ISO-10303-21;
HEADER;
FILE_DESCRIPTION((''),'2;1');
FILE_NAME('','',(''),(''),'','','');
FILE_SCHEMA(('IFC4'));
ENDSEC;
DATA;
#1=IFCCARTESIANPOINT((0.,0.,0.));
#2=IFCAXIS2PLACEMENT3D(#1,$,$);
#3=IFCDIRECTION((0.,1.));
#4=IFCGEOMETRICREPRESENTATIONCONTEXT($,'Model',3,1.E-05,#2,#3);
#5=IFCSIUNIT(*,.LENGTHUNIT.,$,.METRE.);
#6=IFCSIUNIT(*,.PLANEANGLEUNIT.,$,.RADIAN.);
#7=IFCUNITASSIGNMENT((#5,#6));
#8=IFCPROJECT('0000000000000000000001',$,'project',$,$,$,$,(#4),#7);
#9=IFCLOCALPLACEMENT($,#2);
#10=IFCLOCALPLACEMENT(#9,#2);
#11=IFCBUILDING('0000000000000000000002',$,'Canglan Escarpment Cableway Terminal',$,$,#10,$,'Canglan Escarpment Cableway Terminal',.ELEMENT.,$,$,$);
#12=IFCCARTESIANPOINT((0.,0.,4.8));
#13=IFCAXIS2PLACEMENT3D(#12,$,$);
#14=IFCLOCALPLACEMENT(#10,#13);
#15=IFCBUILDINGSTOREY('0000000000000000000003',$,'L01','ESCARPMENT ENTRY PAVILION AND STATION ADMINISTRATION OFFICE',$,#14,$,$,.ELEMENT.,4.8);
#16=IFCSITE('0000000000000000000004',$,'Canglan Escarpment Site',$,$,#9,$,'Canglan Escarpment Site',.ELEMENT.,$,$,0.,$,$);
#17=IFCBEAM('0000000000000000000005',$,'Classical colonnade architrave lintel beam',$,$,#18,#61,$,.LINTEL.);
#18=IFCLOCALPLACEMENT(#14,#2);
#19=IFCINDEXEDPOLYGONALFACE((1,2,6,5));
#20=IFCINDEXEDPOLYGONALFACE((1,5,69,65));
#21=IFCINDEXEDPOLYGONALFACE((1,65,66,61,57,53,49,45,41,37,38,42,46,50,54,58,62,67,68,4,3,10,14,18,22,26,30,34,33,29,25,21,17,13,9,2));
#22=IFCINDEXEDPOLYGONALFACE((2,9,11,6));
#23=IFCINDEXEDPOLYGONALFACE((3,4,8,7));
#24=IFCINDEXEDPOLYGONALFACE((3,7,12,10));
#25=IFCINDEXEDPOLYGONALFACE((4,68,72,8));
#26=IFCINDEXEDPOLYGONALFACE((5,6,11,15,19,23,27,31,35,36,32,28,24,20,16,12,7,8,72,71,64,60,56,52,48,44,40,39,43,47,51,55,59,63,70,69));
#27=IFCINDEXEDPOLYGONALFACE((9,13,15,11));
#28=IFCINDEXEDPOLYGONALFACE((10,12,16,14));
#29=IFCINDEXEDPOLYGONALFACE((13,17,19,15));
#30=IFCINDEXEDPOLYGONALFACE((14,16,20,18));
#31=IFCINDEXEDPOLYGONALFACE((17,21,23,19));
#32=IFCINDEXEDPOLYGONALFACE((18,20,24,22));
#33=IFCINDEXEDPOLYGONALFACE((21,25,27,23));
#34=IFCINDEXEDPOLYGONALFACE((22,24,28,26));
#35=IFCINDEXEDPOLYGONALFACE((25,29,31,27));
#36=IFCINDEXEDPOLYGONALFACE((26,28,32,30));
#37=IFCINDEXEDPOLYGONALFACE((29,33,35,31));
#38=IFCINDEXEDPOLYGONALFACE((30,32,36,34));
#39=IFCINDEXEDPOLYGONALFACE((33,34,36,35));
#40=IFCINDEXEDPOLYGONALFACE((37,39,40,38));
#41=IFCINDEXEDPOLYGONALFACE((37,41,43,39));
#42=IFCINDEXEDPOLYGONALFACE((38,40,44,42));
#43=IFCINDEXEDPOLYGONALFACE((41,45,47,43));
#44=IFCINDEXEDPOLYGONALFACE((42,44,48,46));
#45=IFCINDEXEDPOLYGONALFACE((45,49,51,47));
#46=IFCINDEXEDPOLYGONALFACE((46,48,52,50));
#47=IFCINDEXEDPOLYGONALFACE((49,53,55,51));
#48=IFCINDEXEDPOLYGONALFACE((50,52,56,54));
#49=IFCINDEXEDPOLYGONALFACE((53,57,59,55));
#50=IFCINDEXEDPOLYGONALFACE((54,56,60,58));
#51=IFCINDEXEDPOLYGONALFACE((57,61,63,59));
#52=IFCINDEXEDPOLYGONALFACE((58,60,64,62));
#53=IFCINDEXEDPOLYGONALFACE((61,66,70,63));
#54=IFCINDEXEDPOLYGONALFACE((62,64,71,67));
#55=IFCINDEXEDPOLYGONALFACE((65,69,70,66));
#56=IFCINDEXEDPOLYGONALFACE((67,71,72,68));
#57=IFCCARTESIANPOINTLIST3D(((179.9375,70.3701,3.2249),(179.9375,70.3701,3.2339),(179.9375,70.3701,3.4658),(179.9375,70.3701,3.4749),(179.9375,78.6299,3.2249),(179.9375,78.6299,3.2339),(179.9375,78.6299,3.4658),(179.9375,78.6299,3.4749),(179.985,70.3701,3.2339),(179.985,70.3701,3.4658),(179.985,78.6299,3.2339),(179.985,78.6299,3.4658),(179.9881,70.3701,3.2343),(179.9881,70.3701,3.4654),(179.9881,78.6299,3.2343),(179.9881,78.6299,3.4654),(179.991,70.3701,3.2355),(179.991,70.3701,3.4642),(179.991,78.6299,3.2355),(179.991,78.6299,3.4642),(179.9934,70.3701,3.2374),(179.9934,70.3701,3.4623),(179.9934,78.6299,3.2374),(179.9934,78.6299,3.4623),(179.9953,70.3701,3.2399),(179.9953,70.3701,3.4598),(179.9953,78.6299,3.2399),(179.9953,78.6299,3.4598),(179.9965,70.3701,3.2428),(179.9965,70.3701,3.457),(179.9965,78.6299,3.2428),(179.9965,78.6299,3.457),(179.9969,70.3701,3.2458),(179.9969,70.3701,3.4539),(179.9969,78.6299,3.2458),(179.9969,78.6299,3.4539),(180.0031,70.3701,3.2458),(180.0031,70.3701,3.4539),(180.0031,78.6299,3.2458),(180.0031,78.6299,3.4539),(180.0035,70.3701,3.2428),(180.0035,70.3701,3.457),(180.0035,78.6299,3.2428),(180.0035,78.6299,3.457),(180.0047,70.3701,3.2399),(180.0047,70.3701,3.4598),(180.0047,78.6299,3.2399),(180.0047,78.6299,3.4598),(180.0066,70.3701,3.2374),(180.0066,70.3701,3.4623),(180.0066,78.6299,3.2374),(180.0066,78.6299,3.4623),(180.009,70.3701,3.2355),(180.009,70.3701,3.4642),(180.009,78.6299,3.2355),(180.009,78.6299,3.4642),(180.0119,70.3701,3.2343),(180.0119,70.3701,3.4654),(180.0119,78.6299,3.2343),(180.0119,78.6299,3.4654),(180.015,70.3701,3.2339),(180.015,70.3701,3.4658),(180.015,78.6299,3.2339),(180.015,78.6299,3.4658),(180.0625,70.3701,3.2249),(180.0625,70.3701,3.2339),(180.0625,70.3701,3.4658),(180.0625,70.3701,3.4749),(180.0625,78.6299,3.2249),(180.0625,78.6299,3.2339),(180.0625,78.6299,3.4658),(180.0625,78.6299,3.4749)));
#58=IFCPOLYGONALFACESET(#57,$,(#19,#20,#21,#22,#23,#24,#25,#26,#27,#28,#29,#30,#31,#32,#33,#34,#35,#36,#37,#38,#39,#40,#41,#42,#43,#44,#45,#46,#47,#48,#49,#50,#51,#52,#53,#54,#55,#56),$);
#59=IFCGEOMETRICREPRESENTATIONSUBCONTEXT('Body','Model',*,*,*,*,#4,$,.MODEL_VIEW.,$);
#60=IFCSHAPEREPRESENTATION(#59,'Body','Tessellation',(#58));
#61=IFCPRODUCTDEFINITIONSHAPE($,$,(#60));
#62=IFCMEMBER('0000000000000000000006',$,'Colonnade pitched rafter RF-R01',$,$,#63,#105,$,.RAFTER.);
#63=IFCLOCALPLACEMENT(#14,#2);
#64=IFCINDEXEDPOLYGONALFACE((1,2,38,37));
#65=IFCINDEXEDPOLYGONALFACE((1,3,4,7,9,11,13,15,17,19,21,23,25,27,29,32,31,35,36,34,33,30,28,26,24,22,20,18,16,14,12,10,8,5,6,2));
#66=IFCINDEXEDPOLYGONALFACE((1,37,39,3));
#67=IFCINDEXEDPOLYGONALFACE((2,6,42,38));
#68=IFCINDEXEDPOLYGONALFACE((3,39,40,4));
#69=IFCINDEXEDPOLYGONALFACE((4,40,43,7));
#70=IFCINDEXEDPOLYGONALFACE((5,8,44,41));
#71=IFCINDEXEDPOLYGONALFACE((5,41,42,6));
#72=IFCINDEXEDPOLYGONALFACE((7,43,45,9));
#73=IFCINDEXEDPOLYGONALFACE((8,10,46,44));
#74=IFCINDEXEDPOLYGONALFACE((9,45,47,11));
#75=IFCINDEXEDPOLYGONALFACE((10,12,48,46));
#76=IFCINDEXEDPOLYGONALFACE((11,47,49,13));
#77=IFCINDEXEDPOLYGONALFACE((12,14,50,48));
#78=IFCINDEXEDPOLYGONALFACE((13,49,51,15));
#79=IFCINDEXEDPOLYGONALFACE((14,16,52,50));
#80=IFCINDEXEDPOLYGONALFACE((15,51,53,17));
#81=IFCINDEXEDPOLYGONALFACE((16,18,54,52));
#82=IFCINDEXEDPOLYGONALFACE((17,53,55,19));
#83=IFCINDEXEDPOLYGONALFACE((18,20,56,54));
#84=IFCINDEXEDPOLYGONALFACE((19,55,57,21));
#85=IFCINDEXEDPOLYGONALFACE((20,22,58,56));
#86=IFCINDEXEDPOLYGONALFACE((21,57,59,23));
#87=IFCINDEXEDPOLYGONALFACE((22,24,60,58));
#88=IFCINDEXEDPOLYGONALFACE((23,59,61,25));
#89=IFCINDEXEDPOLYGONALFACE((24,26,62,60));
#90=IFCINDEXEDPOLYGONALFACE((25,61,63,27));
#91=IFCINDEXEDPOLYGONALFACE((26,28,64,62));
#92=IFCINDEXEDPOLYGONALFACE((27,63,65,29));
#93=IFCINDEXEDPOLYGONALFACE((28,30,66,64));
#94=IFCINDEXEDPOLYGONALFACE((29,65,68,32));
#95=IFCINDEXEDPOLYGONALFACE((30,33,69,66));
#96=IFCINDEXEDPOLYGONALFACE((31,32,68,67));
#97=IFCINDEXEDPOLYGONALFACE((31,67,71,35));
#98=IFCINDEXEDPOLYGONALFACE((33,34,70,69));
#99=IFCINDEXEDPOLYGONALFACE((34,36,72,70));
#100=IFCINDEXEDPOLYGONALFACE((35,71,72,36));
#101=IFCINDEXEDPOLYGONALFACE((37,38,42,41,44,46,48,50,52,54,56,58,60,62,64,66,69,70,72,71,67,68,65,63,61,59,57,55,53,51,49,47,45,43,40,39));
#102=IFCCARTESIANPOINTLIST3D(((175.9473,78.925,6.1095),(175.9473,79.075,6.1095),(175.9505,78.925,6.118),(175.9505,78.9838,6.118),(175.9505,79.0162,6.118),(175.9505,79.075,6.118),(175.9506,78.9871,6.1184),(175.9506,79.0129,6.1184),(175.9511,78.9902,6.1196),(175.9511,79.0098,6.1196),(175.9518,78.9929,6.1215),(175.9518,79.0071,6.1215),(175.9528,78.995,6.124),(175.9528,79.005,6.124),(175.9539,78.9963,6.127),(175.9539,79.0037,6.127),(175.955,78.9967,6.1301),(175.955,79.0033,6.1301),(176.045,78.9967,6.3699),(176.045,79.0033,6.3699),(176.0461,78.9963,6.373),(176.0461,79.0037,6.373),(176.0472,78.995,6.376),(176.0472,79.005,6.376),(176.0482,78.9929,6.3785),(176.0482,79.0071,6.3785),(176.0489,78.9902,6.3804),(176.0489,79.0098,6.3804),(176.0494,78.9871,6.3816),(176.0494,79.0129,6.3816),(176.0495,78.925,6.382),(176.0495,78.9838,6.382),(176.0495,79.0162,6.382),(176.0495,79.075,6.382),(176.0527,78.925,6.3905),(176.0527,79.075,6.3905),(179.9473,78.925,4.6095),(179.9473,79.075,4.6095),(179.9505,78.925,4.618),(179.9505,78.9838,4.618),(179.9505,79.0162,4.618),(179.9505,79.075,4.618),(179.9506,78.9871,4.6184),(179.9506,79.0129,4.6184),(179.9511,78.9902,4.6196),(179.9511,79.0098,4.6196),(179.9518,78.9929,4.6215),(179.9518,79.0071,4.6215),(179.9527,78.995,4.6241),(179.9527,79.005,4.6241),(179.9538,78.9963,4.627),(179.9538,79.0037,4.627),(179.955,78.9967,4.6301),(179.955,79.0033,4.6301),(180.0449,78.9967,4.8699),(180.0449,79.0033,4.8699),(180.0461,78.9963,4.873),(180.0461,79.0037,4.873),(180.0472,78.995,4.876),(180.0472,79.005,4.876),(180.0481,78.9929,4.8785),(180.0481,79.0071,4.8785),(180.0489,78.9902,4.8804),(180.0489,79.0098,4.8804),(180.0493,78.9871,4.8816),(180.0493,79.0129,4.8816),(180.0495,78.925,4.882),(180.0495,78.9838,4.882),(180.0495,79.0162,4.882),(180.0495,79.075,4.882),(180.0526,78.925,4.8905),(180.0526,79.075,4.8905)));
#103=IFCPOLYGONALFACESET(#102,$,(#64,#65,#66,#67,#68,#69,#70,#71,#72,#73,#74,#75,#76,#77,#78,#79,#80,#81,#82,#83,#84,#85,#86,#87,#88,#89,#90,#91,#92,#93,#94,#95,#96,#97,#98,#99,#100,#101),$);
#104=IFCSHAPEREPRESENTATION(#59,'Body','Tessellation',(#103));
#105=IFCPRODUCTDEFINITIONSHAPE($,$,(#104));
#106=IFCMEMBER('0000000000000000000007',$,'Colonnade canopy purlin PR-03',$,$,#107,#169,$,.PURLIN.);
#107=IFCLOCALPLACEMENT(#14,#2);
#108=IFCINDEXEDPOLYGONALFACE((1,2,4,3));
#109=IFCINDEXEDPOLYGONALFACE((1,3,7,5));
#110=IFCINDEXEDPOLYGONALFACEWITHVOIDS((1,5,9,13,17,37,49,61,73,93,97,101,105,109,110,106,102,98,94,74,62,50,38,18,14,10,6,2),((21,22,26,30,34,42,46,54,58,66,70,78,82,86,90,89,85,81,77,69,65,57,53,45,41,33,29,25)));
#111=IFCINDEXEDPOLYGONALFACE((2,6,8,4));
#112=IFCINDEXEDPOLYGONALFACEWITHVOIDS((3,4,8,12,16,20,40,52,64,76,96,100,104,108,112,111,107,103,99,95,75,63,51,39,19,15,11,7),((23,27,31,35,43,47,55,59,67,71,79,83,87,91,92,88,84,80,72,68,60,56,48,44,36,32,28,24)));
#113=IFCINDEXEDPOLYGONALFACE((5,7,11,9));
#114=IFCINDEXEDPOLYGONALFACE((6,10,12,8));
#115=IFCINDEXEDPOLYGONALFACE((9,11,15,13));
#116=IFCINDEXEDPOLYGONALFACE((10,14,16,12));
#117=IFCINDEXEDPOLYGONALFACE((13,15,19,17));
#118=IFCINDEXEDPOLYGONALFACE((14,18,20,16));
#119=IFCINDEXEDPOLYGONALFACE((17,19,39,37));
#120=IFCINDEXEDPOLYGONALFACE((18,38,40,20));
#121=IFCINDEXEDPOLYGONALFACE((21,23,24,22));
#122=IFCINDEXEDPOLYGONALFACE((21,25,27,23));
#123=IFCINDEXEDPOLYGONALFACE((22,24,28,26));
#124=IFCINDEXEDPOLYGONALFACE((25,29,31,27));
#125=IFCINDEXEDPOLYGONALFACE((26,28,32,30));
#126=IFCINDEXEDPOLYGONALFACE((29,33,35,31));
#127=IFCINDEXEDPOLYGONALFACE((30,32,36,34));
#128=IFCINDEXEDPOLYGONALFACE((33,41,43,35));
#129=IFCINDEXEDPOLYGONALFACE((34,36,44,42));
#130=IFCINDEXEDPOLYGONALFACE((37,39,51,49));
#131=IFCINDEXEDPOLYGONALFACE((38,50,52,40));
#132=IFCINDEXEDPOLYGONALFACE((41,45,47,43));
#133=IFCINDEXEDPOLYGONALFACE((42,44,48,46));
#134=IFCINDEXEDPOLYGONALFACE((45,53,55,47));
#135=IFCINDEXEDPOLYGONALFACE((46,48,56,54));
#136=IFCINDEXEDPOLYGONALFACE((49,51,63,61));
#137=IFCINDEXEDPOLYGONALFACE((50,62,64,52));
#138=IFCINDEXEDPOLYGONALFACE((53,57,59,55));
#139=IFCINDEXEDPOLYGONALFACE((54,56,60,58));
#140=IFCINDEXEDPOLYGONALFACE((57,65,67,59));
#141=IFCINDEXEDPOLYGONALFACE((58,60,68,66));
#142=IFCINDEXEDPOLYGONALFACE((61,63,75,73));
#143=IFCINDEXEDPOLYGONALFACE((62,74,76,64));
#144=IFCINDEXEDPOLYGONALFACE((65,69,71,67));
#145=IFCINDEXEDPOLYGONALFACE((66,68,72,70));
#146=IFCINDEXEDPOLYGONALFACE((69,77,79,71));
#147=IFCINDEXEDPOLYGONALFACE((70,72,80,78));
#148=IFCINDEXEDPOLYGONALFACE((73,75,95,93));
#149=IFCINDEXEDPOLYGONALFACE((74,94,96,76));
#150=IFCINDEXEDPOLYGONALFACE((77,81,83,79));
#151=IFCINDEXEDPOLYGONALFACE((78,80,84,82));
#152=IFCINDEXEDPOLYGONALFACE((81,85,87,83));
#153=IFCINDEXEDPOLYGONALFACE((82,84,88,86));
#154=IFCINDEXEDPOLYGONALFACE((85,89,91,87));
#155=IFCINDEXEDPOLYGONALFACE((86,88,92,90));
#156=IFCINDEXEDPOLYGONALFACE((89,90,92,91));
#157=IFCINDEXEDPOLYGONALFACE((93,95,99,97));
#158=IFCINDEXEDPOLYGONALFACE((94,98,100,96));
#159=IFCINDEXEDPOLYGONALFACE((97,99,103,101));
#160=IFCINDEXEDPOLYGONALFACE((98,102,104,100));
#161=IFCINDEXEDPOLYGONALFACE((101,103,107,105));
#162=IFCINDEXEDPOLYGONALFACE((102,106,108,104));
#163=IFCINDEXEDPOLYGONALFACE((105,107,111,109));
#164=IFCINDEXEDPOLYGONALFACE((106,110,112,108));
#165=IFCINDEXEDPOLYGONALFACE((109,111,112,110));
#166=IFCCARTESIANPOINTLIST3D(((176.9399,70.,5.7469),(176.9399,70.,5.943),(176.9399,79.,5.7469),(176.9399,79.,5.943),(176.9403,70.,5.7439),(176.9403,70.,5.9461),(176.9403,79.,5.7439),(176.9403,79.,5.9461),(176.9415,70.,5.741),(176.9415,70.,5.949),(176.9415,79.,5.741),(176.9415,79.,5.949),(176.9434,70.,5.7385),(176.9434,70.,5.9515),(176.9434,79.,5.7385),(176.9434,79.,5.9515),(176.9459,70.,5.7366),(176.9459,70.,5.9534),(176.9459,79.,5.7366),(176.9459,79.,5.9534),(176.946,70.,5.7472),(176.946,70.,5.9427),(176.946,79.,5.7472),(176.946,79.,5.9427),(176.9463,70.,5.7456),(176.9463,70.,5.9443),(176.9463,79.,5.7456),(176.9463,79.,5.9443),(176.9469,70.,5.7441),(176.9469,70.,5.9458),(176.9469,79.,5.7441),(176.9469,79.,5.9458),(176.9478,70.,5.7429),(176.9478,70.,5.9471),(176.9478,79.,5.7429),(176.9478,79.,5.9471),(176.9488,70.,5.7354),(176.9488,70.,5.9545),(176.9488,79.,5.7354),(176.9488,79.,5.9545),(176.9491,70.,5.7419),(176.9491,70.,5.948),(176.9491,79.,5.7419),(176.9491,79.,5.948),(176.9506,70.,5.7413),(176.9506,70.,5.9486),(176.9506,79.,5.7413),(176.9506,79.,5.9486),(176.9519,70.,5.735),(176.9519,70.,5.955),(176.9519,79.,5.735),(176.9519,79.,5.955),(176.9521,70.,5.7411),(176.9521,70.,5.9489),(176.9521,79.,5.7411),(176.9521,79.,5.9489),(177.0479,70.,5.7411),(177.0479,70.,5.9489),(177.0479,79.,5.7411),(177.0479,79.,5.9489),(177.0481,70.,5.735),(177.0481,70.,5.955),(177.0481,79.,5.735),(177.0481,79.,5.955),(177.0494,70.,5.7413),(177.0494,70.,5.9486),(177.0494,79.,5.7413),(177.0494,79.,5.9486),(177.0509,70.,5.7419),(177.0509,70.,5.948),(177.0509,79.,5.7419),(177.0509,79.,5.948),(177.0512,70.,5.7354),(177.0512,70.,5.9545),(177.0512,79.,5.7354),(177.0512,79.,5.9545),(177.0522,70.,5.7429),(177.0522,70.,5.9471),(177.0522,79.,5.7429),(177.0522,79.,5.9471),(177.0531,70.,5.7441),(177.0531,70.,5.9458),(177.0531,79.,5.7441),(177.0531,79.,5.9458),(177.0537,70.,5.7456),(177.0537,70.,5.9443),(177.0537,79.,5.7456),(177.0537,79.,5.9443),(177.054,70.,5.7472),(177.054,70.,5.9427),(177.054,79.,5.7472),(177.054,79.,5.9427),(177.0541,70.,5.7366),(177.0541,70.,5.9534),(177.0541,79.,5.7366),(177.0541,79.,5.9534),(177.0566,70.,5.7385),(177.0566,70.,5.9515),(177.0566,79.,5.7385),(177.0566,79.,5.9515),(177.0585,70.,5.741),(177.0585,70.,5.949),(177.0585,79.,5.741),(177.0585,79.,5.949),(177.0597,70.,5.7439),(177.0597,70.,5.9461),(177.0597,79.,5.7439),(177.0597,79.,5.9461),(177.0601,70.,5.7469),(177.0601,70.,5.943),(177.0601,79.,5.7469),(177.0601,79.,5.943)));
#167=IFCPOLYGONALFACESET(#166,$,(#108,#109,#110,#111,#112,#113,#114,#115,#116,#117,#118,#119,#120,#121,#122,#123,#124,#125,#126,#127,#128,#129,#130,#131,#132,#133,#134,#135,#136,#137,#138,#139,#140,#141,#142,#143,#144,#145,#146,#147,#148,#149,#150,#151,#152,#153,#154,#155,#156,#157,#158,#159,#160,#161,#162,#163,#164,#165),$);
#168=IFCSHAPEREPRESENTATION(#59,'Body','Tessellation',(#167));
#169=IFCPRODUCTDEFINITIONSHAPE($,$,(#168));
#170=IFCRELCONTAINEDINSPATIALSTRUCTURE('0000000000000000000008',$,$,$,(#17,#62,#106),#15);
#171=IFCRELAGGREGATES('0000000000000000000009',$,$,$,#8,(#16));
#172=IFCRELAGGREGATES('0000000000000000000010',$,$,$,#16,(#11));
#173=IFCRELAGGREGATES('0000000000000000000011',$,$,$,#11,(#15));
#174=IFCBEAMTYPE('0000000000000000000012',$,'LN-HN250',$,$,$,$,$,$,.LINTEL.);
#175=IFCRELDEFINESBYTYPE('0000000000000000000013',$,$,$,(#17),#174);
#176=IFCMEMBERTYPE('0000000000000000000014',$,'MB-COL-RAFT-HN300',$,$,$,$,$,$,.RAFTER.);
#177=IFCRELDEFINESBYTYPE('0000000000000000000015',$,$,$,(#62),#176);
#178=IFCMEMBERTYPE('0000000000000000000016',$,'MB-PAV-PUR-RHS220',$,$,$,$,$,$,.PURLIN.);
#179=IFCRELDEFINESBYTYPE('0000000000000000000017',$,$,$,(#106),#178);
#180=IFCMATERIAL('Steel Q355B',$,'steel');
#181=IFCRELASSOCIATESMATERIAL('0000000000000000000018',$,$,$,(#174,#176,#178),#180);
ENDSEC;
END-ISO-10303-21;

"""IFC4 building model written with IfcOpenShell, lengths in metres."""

from ifc_helpers import new_model, si_unit, direction, frame, origin, origin_2d, place, context, subcontext, project, spatial, hollow_rectangle, i_section, extrude, material, material_profile, profile_set, type_object, element, save


model = new_model("IFC4")

# Units and contexts
model_context = context("Model", 3, precision=1e-05, world=origin(), true_north=direction((0.0, 1.0)))
body_context = subcontext(model_context, "Body", "Model", "MODEL_VIEW")
ifc_project = project(units=[si_unit("LENGTHUNIT", "METRE"), si_unit("PLANEANGLEUNIT", "RADIAN")], contexts=[model_context])

# Site, building, storey
site_placement = place(None, origin())
site = spatial("IfcSite", under=ifc_project, at=site_placement, Name="Canglan Escarpment Site", LongName="Canglan Escarpment Site", CompositionType="ELEMENT", RefElevation=0.0)
building_placement = place(site_placement, origin())
building = spatial("IfcBuilding", under=site, at=building_placement, Name="Canglan Escarpment Cableway Terminal", LongName="Canglan Escarpment Cableway Terminal", CompositionType="ELEMENT")
storey_placement = place(building_placement, frame((0.0, 0.0, 4.8)))
storey = spatial("IfcBuildingStorey", under=building, at=storey_placement, Name="L01", Description="ESCARPMENT ENTRY PAVILION AND STATION ADMINISTRATION OFFICE", CompositionType="ELEMENT", Elevation=4.8)

# Beam
ifc_material_1 = material(Name="Steel Q355B", Category="steel")
ifc_material_profile_1 = material_profile(ifc_material_1, i_section(OverallWidth=0.125, OverallDepth=0.25, WebThickness=0.0061, FlangeThickness=0.009, FilletRadius=0.012, at=origin_2d()), Name="HN 250x125x6x9")
ifc_profile_set_1 = profile_set([ifc_material_profile_1], Name="Steel Q355B")
beam_type = type_object("IfcBeamType", Name="LN-HN250", PredefinedType="LINTEL", material=ifc_profile_set_1)
beam_placement = place(storey_placement, frame((180.0, 70.3701, 3.3499), z_axis=(0.0, 1.0, 0.0), x_axis=(-1.0, 0.0, 0.0)))
element("IfcBeam", 1, at=beam_placement, inside=storey, type_object=beam_type, Name="Classical colonnade architrave lintel beam", PredefinedType="LINTEL", context=body_context, shape_type="SweptSolid", body=[
    extrude(i_section(OverallWidth=0.125, OverallDepth=0.25, WebThickness=0.0061, FlangeThickness=0.009, FilletRadius=0.012, at=origin_2d()), origin(), (0.0, 0.0, 1.0), 8.2598),
])

# Members
ifc_material_profile_2 = material_profile(ifc_material_1, i_section(OverallWidth=0.1499, OverallDepth=0.3, WebThickness=0.0066, FlangeThickness=0.009, FilletRadius=0.0129, at=origin_2d()), Name="HN 300x150x6.5x9")
ifc_profile_set_2 = profile_set([ifc_material_profile_2], Name="Steel Q355B")
member_type_1 = type_object("IfcMemberType", Name="MB-COL-RAFT-HN300", PredefinedType="RAFTER", material=ifc_profile_set_2)
member_1_placement = place(storey_placement, frame((176.0, 79.0, 6.25), z_axis=(0.936329, 0.0, -0.351123), x_axis=(0.0, 1.0, 0.0)))
element("IfcMember", 2, at=member_1_placement, inside=storey, type_object=member_type_1, Name="Colonnade pitched rafter RF-R01", PredefinedType="RAFTER", context=body_context, shape_type="SweptSolid", body=[
    extrude(i_section(OverallWidth=0.1499, OverallDepth=0.3, WebThickness=0.0066, FlangeThickness=0.009, FilletRadius=0.0129, at=origin_2d()), origin(), (0.0, 0.0, 1.0), 4.272),
])
ifc_material_profile_3 = material_profile(ifc_material_1, hollow_rectangle(XDim=0.1201, YDim=0.22, WallThickness=0.0061, InnerFilletRadius=0.0061, OuterFilletRadius=0.012, at=origin_2d()), Name="RHS 220x120x6")
ifc_profile_set_3 = profile_set([ifc_material_profile_3], Name="Steel Q355B")
member_type_2 = type_object("IfcMemberType", Name="MB-PAV-PUR-RHS220", PredefinedType="PURLIN", material=ifc_profile_set_3)
for number, where, z_axis, x_axis, name in (
    (3, (177.0, 70.0, 5.845), (0.0, 1.0, 0.0), (-1.0, 0.0, 0.0), "Colonnade canopy purlin PR-03"),
):
    element("IfcMember", number, at=place(storey_placement, frame(where, z_axis=z_axis, x_axis=x_axis)), inside=storey, type_object=member_type_2, Name=name, PredefinedType="PURLIN", context=body_context, shape_type="SweptSolid", body=[
        extrude(hollow_rectangle(XDim=0.1201, YDim=0.22, WallThickness=0.0061, InnerFilletRadius=0.0061, OuterFilletRadius=0.012, at=origin_2d()), origin(), (0.0, 0.0, 1.0), 9.0),
    ])

save(model, "model.ifc")
